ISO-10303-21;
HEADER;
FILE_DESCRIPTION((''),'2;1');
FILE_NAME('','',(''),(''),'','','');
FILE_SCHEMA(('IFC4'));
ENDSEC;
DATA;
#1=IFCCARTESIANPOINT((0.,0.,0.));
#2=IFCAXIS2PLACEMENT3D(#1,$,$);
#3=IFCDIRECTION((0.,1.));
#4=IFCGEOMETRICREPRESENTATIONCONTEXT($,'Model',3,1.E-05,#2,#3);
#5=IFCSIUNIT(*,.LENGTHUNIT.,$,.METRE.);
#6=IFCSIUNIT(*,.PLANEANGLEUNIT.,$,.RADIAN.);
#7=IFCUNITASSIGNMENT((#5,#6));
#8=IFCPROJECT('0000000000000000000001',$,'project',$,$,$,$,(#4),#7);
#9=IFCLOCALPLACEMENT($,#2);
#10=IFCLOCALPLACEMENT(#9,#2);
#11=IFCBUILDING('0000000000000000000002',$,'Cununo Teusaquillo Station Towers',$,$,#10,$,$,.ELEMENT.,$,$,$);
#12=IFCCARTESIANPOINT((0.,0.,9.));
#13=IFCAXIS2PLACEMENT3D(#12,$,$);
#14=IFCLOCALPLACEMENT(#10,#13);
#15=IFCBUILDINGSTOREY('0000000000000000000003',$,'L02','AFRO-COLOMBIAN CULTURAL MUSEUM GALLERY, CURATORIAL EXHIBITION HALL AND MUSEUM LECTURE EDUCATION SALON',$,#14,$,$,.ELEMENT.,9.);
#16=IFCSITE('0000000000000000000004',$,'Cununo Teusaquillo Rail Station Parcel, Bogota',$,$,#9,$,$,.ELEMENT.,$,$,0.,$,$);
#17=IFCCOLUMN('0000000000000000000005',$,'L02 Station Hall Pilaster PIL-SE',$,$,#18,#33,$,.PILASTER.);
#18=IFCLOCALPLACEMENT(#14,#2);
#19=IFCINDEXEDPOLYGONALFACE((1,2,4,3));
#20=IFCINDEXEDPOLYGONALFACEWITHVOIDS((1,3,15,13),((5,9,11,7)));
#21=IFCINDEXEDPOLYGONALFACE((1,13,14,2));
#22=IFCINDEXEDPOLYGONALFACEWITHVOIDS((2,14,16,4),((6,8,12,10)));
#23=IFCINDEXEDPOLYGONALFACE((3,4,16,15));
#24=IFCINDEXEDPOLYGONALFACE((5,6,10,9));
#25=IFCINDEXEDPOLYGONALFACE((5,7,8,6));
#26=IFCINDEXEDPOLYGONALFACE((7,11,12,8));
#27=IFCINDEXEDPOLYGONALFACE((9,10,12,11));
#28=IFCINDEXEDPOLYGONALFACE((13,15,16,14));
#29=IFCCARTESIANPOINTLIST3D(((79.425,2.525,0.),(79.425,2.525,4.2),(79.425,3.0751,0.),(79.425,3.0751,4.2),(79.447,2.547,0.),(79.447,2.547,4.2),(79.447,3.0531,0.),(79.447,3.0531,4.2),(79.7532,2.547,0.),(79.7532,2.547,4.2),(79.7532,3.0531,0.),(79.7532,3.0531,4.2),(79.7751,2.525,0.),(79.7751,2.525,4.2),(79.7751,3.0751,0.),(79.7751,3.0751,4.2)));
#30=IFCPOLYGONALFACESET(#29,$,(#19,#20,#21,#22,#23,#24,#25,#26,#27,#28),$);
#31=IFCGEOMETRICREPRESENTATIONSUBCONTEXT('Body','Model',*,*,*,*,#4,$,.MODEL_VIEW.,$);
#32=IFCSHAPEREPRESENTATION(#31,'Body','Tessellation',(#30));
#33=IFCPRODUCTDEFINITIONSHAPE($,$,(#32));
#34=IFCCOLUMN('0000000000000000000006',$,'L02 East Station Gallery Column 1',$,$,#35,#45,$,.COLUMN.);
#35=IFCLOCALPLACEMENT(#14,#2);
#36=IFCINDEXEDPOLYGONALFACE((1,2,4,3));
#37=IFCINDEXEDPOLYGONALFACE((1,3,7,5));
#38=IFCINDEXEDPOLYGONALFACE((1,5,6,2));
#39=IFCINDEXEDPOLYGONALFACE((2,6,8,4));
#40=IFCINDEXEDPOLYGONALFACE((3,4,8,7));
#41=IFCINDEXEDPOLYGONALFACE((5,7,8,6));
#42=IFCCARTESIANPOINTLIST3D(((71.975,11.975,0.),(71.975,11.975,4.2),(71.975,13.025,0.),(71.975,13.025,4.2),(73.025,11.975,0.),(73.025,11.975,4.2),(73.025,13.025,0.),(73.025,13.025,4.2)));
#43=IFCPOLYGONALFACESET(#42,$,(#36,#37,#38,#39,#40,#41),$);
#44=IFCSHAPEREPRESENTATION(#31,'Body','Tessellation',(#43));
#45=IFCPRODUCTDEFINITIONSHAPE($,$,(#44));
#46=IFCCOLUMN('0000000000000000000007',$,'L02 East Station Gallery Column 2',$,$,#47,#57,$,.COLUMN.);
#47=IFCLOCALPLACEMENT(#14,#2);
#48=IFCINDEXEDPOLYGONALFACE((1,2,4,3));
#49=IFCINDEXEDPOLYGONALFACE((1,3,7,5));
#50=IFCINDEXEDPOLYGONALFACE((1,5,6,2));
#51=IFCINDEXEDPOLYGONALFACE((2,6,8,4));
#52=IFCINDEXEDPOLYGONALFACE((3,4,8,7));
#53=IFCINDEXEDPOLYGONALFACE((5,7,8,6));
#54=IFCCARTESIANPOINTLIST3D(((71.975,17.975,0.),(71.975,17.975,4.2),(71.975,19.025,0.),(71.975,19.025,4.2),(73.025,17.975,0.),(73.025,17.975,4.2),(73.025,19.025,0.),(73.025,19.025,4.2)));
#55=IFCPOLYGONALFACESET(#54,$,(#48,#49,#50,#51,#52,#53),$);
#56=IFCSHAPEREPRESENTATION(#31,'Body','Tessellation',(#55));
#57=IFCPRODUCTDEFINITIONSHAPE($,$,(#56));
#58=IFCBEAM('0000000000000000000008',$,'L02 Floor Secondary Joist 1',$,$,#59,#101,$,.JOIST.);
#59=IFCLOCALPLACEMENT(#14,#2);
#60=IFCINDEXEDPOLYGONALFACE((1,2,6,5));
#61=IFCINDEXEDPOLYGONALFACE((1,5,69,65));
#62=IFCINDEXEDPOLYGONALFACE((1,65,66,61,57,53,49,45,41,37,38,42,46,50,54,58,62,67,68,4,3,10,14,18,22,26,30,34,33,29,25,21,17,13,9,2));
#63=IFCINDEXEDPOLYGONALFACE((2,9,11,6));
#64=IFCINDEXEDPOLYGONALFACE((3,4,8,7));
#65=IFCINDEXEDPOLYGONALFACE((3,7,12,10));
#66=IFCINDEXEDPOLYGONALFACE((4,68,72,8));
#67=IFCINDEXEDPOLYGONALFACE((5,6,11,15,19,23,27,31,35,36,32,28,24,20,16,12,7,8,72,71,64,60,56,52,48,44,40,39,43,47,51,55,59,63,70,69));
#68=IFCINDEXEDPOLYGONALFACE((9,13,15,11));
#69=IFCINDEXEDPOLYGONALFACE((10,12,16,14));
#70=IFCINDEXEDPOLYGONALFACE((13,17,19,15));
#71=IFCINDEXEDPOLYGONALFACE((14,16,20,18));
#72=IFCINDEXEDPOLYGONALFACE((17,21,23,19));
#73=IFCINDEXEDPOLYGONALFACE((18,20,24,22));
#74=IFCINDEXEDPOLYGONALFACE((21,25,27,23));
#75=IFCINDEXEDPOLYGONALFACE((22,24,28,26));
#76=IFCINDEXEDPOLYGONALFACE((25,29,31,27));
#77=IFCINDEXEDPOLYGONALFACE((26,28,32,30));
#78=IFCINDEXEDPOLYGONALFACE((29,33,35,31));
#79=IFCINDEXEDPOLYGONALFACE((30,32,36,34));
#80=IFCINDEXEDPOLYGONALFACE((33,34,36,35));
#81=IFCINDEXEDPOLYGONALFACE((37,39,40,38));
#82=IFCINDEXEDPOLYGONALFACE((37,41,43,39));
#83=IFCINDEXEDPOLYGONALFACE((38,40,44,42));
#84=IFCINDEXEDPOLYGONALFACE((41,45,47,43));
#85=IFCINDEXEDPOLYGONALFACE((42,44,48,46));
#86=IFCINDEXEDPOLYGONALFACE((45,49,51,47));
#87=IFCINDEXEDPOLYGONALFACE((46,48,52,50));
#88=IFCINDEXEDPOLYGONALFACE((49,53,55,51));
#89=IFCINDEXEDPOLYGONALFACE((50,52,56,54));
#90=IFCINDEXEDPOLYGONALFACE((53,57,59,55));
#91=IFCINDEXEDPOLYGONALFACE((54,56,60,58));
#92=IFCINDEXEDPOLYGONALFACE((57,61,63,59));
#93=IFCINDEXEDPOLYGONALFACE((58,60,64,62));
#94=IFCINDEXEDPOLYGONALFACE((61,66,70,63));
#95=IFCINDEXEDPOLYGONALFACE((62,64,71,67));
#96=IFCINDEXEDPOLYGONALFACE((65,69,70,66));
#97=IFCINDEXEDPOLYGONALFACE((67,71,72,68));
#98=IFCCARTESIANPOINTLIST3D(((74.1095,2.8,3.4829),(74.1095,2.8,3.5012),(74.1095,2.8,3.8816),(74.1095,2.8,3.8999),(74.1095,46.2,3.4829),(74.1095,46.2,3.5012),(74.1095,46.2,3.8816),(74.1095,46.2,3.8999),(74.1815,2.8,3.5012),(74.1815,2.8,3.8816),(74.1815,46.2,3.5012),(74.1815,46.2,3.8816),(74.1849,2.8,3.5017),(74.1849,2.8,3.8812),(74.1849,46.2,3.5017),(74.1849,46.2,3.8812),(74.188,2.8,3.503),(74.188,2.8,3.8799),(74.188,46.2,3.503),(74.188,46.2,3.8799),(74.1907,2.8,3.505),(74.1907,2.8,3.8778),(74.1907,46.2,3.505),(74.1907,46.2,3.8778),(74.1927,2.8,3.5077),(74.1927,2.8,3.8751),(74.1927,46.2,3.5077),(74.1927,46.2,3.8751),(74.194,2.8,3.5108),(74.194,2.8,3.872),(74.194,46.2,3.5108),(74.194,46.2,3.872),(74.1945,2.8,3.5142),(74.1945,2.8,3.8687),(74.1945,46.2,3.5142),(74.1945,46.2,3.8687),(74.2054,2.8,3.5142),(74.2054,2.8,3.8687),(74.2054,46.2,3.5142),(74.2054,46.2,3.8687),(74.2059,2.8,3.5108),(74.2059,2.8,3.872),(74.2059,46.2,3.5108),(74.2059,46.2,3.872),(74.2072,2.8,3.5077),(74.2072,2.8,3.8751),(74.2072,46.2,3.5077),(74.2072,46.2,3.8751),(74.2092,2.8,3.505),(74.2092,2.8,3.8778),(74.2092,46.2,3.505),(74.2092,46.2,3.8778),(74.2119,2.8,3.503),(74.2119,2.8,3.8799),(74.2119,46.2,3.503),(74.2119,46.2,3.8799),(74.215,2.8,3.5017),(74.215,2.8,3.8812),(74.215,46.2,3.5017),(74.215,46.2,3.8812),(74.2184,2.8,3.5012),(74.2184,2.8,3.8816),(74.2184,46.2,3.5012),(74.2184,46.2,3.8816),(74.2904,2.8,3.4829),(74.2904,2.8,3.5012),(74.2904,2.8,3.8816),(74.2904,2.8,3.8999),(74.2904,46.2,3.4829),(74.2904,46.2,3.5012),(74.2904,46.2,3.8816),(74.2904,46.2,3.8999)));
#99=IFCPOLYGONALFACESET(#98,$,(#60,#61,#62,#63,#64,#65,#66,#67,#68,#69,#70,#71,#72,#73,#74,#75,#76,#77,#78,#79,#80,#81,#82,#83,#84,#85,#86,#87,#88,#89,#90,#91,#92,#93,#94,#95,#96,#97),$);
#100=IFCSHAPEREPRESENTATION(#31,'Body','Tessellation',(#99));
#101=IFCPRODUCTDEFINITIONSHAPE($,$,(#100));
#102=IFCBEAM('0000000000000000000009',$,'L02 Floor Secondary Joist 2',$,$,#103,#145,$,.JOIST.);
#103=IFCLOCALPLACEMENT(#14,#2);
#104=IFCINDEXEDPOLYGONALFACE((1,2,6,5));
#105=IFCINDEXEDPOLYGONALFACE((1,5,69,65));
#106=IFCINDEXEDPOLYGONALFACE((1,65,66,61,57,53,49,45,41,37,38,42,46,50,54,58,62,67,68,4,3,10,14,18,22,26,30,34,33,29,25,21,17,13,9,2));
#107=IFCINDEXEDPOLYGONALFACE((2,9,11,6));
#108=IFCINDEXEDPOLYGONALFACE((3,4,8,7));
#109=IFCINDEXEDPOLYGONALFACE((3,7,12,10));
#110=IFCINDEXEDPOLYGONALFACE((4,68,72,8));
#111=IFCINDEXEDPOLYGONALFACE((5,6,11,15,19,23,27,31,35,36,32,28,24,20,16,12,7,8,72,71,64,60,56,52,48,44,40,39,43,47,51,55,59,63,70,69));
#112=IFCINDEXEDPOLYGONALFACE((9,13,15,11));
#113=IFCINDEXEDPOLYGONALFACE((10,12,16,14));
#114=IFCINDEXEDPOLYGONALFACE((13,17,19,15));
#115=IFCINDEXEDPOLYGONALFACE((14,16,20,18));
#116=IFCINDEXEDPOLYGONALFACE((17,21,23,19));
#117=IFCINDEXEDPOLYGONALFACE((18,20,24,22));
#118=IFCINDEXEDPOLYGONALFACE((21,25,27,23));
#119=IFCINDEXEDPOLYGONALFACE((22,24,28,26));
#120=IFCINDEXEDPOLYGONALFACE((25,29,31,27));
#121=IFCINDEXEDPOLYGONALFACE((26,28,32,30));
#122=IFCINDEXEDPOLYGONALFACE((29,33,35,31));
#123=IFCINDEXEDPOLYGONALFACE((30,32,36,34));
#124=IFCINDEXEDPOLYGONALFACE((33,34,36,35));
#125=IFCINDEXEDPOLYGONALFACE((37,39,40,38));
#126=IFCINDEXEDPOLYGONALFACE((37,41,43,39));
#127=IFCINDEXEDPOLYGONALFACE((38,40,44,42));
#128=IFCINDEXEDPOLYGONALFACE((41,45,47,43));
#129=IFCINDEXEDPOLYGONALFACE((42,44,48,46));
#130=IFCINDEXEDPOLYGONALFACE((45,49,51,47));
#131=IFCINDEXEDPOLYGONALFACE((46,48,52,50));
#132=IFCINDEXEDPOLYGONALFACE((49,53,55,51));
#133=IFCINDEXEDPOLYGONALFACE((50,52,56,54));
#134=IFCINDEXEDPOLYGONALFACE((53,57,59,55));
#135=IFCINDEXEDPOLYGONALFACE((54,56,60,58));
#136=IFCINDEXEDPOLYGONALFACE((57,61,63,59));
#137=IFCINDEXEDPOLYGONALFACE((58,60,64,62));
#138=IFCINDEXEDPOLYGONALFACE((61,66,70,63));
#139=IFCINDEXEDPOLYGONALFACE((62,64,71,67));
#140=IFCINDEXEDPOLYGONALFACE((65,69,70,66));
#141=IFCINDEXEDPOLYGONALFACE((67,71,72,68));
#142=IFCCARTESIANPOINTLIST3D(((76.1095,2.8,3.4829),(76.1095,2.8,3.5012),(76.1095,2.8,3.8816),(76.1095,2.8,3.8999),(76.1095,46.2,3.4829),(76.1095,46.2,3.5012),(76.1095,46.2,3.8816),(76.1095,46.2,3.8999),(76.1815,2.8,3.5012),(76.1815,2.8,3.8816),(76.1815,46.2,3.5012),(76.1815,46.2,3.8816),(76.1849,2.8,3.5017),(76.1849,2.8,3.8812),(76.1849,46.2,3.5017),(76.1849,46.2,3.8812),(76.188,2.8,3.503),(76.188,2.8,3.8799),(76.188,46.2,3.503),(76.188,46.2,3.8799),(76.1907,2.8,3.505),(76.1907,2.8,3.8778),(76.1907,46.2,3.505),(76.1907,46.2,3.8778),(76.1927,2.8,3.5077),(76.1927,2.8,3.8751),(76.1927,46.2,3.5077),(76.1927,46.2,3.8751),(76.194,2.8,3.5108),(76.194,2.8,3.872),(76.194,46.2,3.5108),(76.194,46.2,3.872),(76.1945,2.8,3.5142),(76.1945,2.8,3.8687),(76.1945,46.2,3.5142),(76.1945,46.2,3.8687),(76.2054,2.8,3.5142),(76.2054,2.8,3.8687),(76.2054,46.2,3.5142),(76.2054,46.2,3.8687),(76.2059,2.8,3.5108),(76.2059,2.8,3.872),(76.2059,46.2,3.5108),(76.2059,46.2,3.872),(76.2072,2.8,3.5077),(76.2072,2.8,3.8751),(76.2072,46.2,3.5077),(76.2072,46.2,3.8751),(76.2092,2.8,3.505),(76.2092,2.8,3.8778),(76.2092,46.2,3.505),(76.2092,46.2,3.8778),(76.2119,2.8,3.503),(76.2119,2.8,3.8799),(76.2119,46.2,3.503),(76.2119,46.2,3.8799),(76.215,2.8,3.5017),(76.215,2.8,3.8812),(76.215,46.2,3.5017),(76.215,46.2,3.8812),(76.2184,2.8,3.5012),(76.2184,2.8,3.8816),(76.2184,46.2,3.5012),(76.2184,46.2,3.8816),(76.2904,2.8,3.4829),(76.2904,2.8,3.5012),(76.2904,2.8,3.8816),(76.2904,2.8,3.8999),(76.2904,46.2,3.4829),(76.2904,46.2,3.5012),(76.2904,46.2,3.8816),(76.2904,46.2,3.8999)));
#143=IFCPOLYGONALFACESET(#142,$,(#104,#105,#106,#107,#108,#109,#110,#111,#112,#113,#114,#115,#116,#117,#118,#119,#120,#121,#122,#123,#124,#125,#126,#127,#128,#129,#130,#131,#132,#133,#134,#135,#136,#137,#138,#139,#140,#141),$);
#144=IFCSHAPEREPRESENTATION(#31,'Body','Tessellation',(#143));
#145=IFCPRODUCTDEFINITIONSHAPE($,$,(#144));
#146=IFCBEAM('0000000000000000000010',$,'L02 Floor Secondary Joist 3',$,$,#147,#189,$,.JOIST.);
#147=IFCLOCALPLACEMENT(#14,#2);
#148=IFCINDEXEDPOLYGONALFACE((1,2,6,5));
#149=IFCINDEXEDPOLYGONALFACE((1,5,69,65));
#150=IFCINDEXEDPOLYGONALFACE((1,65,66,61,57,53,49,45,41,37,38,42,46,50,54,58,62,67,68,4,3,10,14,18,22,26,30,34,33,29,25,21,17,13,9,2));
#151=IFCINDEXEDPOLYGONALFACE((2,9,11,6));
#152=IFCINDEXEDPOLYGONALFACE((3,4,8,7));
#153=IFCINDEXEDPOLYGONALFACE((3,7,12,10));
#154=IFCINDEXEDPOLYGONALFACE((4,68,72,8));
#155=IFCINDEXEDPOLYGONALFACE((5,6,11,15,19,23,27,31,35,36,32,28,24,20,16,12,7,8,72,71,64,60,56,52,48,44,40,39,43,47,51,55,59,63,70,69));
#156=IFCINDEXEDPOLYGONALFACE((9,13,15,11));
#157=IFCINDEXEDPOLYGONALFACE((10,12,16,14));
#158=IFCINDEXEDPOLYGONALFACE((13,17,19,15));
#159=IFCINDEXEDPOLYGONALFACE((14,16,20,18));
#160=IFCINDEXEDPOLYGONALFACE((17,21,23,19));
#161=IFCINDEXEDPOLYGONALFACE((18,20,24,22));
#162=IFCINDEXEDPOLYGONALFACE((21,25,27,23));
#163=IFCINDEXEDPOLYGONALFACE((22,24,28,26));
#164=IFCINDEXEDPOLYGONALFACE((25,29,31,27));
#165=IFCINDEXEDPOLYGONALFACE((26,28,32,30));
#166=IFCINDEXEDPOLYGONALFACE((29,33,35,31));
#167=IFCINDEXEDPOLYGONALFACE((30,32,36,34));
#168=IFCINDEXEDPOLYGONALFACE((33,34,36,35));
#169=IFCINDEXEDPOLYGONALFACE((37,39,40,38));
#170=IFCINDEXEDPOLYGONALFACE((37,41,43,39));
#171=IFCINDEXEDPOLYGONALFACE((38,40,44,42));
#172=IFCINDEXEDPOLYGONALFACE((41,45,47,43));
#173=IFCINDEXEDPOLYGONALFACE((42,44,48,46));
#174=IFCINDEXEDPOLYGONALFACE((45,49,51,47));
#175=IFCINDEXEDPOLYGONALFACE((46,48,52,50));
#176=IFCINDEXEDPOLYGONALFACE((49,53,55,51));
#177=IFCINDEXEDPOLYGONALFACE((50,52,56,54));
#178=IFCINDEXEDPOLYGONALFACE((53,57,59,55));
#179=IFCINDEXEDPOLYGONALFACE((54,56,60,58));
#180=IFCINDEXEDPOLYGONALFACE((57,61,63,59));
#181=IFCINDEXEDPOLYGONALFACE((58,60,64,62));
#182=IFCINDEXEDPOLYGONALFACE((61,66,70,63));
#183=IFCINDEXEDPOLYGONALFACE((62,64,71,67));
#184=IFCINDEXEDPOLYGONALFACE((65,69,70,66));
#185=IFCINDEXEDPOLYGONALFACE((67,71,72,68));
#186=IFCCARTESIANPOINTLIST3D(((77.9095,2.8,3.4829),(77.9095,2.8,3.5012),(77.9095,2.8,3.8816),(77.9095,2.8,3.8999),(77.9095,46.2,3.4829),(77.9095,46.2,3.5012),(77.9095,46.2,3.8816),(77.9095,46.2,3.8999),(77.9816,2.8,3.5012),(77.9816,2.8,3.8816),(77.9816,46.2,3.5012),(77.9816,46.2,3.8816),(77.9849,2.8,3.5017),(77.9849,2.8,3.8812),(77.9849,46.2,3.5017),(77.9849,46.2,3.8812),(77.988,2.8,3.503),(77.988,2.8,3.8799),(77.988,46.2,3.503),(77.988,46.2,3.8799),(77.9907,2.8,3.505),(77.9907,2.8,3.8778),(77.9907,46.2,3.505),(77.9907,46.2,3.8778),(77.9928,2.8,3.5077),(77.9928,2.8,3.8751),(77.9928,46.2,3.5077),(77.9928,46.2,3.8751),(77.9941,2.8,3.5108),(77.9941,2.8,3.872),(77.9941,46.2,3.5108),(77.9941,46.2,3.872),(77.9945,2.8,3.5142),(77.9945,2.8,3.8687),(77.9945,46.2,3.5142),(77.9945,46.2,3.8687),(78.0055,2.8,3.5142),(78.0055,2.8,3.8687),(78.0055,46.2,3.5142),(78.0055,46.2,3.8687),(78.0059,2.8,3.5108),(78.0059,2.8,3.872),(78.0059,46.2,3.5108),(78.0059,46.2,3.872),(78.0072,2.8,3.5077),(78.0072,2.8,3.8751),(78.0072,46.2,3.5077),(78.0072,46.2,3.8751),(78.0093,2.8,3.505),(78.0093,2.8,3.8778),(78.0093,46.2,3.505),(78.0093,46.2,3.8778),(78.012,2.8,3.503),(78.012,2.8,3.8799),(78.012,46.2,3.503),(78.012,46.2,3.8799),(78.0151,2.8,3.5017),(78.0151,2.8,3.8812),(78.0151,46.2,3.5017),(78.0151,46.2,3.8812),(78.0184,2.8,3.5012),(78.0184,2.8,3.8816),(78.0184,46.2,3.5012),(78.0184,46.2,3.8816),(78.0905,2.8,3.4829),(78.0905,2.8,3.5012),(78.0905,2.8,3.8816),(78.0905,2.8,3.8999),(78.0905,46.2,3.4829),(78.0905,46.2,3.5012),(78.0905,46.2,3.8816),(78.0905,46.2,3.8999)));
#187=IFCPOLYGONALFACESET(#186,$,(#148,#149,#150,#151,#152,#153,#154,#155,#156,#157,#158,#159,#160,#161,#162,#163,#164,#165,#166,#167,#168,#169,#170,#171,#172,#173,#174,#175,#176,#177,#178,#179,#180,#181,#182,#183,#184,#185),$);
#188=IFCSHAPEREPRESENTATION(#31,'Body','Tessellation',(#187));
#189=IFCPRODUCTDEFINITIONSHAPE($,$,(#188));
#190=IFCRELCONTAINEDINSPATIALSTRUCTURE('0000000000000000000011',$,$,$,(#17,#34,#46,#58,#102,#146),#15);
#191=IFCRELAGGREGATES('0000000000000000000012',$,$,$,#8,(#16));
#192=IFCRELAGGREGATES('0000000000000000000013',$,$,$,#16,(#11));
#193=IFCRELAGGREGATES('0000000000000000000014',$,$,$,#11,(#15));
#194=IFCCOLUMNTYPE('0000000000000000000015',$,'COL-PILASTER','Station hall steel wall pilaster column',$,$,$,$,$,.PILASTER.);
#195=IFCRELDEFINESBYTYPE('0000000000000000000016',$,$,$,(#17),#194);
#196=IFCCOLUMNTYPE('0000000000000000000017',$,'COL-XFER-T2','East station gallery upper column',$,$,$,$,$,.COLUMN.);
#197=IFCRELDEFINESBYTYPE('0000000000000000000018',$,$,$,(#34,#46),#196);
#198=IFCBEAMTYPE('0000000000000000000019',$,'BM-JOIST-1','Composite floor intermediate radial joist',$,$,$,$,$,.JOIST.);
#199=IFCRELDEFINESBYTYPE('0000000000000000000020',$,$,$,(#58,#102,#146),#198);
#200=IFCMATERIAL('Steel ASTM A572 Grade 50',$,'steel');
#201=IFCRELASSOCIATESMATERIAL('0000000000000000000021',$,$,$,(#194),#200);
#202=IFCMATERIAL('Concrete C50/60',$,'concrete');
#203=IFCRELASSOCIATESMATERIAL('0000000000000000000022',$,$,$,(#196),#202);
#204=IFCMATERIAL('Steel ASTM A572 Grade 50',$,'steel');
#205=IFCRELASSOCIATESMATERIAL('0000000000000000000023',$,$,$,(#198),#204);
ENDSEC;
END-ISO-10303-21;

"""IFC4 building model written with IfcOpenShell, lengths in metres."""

from ifc_helpers import new_model, si_unit, direction, frame, origin, origin_2d, place, context, subcontext, project, spatial, rectangle, hollow_rectangle, i_section, extrude, material, material_profile, profile_set, type_object, element, save


model = new_model("IFC4")

# Units and contexts
model_context = context("Model", 3, precision=1e-05, world=origin(), true_north=direction((0.0, 1.0)))
body_context = subcontext(model_context, "Body", "Model", "MODEL_VIEW")
ifc_project = project(units=[si_unit("LENGTHUNIT", "METRE"), si_unit("PLANEANGLEUNIT", "RADIAN")], contexts=[model_context])

# Site, building, storey
site_placement = place(None, origin())
site = spatial("IfcSite", under=ifc_project, at=site_placement, Name="Cununo Teusaquillo Rail Station Parcel, Bogota", CompositionType="ELEMENT", RefElevation=0.0)
building_placement = place(site_placement, origin())
building = spatial("IfcBuilding", under=site, at=building_placement, Name="Cununo Teusaquillo Station Towers", CompositionType="ELEMENT")
storey_placement = place(building_placement, frame((0.0, 0.0, 9.0)))
storey = spatial("IfcBuildingStorey", under=building, at=storey_placement, Name="L02", Description="AFRO-COLOMBIAN CULTURAL MUSEUM GALLERY, CURATORIAL EXHIBITION HALL AND MUSEUM LECTURE EDUCATION SALON", CompositionType="ELEMENT", Elevation=9.0)

# Columns
ifc_material_1 = material(Name="Steel ASTM A572 Grade 50", Category="steel")
ifc_material_profile_1 = material_profile(ifc_material_1, hollow_rectangle(XDim=0.3501, YDim=0.55, WallThickness=0.022, at=origin_2d()), Name="RHS 550x350x22")
ifc_profile_set_1 = profile_set([ifc_material_profile_1], Name="Steel ASTM A572 Grade 50")
column_type_1 = type_object("IfcColumnType", Name="COL-PILASTER", Description="Station hall steel wall pilaster column", PredefinedType="PILASTER", material=ifc_profile_set_1)
column_placement = place(storey_placement, frame((79.6001, 2.8, 0.0), z_axis=(0.0, 0.0, 1.0), x_axis=(1.0, 0.0, 0.0)))
element("IfcColumn", 1, at=column_placement, inside=storey, type_object=column_type_1, Name="L02 Station Hall Pilaster PIL-SE", PredefinedType="PILASTER", context=body_context, shape_type="SweptSolid", body=[
    extrude(hollow_rectangle(XDim=0.3501, YDim=0.55, WallThickness=0.022, at=origin_2d()), origin(), (0.0, 0.0, 1.0), 4.2),
])
ifc_material_2 = material(Name="Concrete C50/60", Category="concrete")
ifc_material_profile_2 = material_profile(ifc_material_2, rectangle(XDim=1.05, YDim=1.05, at=origin_2d()), Name="RC-RECT-1050x1050")
ifc_profile_set_2 = profile_set([ifc_material_profile_2], Name="Concrete C50/60")
column_type_2 = type_object("IfcColumnType", Name="COL-XFER-T2", Description="East station gallery upper column", PredefinedType="COLUMN", material=ifc_profile_set_2)
for number, where, z_axis, x_axis, name in (
    (2, (72.5, 12.5, 0.0), (0.0, 0.0, 1.0), (1.0, 0.0, 0.0), "L02 East Station Gallery Column 1"),
    (3, (72.5, 18.5, 0.0), (0.0, 0.0, 1.0), (1.0, 0.0, 0.0), "L02 East Station Gallery Column 2"),
):
    element("IfcColumn", number, at=place(storey_placement, frame(where, z_axis=z_axis, x_axis=x_axis)), inside=storey, type_object=column_type_2, Name=name, PredefinedType="COLUMN", context=body_context, shape_type="SweptSolid", body=[
        extrude(rectangle(XDim=1.05, YDim=1.05, at=origin_2d()), origin(), (0.0, 0.0, 1.0), 4.2),
    ])

# Beams
ifc_material_3 = material(Name="Steel ASTM A572 Grade 50", Category="steel")
ifc_material_profile_3 = material_profile(ifc_material_3, i_section(OverallWidth=0.1809, OverallDepth=0.417, WebThickness=0.011, FlangeThickness=0.0183, FilletRadius=0.0129, at=origin_2d()), Name="W16X57")
ifc_profile_set_3 = profile_set([ifc_material_profile_3], Name="Steel ASTM A572 Grade 50")
beam_type_1 = type_object("IfcBeamType", Name="BM-JOIST-1", Description="Composite floor intermediate radial joist", PredefinedType="JOIST", material=ifc_profile_set_3)
for number, where, z_axis, x_axis, name in (
    (4, (74.2, 2.8, 3.6914), (0.0, 1.0, 0.0), (-1.0, 0.0, 0.0), "L02 Floor Secondary Joist 1"),
    (5, (76.2, 2.8, 3.6914), (0.0, 1.0, 0.0), (-1.0, 0.0, 0.0), "L02 Floor Secondary Joist 2"),
    (6, (78.0, 2.8, 3.6914), (0.0, 1.0, 0.0), (-1.0, 0.0, 0.0), "L02 Floor Secondary Joist 3"),
):
    element("IfcBeam", number, at=place(storey_placement, frame(where, z_axis=z_axis, x_axis=x_axis)), inside=storey, type_object=beam_type_1, Name=name, PredefinedType="JOIST", context=body_context, shape_type="SweptSolid", body=[
        extrude(i_section(OverallWidth=0.1809, OverallDepth=0.417, WebThickness=0.011, FlangeThickness=0.0183, FilletRadius=0.0129, at=origin_2d()), origin(), (0.0, 0.0, 1.0), 43.3999),
    ])

save(model, "model.ifc")
